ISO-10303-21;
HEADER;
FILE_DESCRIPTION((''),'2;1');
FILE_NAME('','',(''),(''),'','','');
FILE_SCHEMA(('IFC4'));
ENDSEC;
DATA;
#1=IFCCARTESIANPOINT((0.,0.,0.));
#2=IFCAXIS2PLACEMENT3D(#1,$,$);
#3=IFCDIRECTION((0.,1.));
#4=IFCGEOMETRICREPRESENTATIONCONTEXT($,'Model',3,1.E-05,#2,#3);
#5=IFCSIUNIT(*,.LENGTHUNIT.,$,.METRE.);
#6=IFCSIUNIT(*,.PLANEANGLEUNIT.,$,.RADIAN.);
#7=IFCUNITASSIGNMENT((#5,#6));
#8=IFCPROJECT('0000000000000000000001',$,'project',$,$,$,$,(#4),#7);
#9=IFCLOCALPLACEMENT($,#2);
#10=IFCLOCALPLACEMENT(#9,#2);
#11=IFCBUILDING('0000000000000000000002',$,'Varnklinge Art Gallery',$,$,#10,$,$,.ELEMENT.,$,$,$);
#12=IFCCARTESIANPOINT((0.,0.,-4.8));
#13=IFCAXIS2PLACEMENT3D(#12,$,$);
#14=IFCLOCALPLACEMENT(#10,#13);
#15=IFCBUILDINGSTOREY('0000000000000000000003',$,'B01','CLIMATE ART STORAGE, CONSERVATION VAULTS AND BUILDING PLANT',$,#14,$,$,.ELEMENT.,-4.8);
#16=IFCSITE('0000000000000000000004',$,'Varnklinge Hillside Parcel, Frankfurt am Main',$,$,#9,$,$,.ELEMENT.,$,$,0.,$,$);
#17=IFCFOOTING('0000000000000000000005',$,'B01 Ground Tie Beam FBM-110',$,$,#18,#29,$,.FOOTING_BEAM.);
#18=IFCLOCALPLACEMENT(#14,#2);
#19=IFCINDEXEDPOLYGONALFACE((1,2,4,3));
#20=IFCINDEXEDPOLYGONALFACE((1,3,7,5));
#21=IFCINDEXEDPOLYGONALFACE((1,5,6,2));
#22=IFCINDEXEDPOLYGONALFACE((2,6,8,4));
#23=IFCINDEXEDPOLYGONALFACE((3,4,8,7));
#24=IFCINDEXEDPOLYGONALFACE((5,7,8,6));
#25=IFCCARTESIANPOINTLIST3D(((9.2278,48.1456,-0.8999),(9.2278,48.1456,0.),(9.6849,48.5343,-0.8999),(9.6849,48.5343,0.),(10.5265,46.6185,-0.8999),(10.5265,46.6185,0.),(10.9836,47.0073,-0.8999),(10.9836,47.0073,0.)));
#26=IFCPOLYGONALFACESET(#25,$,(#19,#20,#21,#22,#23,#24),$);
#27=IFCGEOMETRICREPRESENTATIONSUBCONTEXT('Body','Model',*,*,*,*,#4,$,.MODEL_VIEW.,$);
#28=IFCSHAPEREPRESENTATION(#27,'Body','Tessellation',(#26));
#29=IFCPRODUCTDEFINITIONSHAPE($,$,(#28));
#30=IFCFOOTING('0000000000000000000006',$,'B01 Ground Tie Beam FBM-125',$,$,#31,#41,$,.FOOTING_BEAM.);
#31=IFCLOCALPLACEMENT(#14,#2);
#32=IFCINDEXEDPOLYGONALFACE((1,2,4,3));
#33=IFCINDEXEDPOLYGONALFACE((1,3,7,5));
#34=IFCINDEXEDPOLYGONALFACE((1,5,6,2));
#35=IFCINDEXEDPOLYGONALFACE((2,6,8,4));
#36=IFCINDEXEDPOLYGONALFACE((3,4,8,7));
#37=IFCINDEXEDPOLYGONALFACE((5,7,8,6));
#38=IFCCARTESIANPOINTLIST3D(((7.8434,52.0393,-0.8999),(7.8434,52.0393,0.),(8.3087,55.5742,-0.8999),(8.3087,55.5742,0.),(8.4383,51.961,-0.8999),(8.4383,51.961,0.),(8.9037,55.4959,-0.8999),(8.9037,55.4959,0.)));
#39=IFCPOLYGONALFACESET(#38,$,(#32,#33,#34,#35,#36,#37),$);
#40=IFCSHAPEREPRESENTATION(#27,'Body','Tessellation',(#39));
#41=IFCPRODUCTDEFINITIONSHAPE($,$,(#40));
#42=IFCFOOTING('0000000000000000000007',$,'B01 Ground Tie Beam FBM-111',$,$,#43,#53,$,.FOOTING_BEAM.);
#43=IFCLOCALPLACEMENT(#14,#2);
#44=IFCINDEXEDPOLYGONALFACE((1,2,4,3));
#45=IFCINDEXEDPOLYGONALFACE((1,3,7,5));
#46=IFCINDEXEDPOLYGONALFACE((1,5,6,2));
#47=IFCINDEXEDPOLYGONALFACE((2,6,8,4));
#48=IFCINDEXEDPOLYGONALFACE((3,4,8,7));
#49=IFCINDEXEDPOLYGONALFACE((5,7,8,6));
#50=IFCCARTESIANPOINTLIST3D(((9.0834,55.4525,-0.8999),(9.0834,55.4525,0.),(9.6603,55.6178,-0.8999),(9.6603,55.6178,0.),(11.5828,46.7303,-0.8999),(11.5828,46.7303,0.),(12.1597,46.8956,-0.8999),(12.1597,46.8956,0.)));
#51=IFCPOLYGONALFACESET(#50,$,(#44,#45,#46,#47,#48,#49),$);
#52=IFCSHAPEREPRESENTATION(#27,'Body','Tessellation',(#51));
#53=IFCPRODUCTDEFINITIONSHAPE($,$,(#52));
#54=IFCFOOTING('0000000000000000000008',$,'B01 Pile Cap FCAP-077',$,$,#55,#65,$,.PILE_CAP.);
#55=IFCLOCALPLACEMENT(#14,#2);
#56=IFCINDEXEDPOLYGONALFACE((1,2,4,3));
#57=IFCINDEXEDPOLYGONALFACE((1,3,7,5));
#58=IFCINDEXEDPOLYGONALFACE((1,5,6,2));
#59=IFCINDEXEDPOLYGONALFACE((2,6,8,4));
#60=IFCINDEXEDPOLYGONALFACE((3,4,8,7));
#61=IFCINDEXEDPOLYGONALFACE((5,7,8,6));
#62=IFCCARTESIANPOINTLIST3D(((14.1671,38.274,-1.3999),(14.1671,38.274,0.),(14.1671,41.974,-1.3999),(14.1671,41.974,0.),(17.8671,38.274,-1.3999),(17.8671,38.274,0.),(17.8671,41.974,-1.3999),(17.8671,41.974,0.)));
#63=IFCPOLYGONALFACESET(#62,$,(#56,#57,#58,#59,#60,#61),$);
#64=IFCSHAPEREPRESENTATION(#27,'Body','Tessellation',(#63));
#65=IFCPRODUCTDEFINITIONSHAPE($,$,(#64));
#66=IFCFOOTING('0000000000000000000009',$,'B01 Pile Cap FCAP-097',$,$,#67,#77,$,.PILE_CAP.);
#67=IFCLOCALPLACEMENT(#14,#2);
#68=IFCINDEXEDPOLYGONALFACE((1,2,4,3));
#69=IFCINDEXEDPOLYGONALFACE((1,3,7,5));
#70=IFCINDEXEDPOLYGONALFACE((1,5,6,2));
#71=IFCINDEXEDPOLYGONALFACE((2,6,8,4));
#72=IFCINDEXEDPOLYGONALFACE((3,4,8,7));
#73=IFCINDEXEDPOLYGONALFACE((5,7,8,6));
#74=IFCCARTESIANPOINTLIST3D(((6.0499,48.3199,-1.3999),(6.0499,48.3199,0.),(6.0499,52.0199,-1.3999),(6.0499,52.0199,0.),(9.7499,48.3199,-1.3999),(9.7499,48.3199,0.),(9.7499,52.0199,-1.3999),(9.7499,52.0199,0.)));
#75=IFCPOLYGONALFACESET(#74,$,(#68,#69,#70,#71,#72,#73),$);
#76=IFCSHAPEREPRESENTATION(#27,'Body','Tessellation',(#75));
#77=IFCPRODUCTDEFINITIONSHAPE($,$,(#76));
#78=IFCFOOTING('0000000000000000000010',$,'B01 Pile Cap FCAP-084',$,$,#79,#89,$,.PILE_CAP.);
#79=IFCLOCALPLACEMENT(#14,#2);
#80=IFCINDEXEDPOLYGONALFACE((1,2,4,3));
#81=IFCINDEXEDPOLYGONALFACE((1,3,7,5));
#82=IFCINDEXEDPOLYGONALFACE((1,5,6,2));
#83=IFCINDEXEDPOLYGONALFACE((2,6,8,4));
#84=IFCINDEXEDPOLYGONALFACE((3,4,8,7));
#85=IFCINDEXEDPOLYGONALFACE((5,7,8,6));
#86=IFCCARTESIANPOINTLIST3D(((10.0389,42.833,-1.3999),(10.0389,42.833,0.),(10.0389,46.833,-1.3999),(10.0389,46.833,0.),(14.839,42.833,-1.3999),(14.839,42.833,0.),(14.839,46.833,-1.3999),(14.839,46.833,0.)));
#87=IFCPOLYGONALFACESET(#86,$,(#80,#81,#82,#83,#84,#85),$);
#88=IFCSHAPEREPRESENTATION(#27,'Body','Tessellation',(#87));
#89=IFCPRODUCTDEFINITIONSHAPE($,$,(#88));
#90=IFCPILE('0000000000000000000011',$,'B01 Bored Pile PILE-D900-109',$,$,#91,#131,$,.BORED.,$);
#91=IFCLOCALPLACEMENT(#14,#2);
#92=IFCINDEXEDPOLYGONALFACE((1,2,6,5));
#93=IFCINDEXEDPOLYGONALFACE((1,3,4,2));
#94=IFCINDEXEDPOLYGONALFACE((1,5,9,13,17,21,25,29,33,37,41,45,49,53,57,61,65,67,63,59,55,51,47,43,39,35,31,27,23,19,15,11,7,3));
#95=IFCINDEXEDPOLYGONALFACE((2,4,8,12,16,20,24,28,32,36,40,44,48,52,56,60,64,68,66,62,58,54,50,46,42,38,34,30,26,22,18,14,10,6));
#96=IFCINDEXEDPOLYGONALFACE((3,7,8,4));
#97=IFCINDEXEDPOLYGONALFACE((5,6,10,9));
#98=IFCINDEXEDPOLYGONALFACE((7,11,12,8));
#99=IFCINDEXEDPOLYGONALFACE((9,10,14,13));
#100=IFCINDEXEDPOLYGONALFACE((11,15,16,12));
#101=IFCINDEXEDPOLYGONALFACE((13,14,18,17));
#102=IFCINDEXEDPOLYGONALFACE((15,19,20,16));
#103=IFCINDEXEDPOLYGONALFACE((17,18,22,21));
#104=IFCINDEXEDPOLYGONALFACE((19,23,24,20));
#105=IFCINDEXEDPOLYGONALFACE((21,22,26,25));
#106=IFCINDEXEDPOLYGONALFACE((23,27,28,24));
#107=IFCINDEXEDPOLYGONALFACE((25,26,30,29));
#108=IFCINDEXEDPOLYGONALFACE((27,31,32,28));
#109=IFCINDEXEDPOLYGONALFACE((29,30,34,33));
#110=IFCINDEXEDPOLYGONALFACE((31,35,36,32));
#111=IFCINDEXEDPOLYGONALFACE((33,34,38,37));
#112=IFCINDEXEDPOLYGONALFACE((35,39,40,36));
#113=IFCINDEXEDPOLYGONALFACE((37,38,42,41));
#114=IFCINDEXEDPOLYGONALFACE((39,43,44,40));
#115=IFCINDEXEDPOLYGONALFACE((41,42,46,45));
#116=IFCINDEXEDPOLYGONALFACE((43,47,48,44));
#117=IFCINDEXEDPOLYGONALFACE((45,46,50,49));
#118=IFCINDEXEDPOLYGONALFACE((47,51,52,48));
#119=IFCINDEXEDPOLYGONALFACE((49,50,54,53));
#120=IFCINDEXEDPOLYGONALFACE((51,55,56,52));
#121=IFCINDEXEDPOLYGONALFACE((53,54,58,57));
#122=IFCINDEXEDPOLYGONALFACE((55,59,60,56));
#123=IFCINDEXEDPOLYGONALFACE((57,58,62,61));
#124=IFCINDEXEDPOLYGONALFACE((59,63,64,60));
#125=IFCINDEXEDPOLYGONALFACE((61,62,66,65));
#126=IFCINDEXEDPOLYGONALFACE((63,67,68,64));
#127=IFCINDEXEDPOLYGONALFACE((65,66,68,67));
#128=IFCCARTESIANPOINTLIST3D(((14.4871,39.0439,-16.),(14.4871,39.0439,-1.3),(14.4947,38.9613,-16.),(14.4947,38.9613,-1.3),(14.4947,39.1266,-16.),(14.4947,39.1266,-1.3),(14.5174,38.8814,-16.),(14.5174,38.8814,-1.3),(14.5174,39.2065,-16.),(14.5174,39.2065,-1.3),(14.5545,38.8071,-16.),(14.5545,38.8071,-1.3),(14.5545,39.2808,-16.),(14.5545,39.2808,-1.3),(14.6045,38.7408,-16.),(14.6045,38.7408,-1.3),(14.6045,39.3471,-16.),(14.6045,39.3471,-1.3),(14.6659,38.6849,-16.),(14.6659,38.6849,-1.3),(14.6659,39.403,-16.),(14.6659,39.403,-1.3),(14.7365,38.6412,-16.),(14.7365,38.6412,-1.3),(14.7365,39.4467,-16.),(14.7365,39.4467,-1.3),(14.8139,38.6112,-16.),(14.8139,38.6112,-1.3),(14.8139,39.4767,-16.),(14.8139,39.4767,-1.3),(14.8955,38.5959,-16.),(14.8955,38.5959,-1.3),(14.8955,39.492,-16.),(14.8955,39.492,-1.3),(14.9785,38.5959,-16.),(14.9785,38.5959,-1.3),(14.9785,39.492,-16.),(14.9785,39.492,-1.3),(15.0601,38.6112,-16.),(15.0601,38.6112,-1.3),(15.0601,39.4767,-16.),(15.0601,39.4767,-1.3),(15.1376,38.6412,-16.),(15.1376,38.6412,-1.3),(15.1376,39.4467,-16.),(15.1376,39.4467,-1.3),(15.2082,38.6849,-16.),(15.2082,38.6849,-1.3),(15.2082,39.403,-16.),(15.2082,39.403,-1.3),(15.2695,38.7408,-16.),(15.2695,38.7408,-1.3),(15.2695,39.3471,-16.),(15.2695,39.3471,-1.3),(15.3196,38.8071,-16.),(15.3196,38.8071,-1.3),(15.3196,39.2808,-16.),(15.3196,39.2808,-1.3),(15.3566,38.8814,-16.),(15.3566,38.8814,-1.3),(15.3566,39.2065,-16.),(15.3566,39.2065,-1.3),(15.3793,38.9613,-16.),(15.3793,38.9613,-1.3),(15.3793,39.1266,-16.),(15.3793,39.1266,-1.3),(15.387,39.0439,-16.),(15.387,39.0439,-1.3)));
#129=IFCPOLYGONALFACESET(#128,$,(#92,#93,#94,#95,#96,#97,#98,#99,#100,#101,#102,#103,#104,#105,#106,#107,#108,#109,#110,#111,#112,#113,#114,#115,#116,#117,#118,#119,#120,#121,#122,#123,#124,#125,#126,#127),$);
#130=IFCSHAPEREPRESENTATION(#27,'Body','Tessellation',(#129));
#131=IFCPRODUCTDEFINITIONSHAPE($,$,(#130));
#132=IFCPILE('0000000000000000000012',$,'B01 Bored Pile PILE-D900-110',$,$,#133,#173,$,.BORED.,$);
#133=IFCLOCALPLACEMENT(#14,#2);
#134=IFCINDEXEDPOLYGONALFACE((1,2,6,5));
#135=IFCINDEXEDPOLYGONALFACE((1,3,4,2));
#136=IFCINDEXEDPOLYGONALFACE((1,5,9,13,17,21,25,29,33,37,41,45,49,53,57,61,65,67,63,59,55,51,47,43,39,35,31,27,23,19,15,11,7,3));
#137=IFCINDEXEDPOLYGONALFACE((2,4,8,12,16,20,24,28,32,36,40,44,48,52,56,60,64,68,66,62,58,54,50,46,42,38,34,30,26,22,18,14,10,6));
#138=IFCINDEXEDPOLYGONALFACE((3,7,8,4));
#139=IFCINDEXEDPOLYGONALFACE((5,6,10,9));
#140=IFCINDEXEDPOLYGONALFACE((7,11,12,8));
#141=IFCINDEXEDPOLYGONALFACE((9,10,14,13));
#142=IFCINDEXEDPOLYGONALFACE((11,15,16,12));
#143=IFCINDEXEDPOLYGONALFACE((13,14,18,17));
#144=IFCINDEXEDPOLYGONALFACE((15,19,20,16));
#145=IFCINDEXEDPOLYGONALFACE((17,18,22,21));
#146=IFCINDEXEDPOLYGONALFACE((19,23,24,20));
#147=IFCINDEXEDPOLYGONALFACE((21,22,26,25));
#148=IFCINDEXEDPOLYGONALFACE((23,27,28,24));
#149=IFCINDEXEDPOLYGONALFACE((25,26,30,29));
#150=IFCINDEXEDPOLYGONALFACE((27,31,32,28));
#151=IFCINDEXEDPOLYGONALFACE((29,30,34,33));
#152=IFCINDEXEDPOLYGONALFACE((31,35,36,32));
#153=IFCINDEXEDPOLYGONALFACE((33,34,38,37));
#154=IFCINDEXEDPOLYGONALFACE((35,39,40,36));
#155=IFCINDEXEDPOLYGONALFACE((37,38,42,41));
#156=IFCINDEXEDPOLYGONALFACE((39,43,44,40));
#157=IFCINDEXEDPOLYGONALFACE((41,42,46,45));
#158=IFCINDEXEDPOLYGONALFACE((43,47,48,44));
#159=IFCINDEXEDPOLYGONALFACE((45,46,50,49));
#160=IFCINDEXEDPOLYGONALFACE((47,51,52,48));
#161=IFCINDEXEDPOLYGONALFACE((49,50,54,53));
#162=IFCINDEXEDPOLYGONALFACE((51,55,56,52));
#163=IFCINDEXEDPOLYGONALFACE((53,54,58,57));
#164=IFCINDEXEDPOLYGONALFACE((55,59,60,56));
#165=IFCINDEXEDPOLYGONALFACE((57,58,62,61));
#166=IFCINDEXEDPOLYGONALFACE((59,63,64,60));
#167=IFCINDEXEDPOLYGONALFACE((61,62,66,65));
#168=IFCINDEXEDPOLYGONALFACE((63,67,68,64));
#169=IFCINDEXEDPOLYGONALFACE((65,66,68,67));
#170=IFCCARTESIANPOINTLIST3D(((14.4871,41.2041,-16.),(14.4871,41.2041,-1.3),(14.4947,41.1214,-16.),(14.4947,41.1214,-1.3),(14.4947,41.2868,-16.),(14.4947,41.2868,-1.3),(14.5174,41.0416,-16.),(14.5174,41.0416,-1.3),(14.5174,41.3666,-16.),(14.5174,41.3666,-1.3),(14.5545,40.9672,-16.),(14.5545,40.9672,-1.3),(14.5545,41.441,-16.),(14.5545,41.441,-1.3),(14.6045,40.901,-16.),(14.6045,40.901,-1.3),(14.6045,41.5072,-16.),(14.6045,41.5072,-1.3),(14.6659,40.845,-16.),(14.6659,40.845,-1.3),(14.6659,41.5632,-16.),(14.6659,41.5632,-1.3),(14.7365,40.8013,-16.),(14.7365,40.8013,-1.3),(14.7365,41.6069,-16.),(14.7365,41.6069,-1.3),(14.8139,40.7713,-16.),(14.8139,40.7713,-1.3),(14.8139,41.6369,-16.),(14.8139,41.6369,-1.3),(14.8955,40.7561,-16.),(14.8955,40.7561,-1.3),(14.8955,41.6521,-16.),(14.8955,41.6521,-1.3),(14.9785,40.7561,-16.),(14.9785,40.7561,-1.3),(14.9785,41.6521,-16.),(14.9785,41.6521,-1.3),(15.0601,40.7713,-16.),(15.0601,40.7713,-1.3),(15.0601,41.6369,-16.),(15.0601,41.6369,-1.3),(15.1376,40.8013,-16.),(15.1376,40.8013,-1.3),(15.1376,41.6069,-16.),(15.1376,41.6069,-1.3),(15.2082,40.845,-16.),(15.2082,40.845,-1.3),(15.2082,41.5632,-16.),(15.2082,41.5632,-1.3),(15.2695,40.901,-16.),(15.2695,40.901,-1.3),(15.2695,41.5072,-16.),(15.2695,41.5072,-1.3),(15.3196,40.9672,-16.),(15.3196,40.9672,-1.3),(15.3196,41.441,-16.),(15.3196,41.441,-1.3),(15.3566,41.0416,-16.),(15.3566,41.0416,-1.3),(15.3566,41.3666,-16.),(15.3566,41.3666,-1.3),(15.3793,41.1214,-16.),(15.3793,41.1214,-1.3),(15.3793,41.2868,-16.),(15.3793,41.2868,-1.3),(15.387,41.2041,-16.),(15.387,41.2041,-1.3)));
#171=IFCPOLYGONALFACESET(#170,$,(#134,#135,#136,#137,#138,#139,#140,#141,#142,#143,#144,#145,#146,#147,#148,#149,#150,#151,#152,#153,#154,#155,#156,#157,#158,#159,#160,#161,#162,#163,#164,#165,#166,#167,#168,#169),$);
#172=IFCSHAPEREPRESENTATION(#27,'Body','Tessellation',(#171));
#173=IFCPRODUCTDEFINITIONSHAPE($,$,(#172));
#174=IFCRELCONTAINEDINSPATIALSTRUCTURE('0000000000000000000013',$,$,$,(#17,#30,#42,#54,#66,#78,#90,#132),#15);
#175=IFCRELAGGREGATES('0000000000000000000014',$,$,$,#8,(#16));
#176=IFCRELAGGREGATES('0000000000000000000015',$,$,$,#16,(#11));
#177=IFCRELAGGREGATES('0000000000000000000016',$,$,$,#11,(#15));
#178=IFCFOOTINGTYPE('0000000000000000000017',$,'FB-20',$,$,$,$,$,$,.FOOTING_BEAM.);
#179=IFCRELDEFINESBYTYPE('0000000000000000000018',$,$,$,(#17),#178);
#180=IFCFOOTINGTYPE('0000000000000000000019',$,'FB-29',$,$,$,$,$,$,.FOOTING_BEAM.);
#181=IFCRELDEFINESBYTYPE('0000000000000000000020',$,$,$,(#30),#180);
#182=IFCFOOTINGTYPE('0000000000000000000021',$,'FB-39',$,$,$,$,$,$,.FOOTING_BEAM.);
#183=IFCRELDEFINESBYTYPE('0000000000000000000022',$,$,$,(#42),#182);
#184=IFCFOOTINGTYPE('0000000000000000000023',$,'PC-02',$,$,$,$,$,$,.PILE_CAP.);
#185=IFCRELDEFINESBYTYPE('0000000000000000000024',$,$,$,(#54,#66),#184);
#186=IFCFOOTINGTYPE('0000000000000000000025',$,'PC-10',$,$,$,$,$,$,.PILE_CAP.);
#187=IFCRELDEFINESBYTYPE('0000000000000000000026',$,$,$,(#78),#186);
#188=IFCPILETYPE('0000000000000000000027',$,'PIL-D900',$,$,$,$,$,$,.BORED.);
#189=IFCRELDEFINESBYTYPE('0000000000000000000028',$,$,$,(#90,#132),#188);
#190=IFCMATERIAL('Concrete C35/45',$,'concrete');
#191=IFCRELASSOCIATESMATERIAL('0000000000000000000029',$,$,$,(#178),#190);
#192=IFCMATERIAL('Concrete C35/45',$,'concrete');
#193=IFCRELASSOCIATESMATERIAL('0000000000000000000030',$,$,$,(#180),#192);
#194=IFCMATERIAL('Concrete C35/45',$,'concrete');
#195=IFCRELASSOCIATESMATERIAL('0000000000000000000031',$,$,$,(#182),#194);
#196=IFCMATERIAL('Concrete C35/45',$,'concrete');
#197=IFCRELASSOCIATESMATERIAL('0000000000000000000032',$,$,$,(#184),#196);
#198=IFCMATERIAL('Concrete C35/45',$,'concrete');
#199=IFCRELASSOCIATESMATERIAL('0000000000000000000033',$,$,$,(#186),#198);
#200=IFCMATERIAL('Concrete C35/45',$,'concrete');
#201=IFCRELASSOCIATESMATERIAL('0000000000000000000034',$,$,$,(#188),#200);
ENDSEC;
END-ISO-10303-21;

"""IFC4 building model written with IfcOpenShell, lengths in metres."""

from ifc_helpers import new_model, si_unit, direction, frame, origin, origin_2d, place, context, subcontext, project, spatial, rectangle, circle, extrude, material, material_profile, profile_set, type_object, element, save


model = new_model("IFC4")

# Units and contexts
model_context = context("Model", 3, precision=1e-05, world=origin(), true_north=direction((0.0, 1.0)))
body_context = subcontext(model_context, "Body", "Model", "MODEL_VIEW")
ifc_project = project(units=[si_unit("LENGTHUNIT", "METRE"), si_unit("PLANEANGLEUNIT", "RADIAN")], contexts=[model_context])

# Site, building, storey
site_placement = place(None, origin())
site = spatial("IfcSite", under=ifc_project, at=site_placement, Name="Varnklinge Hillside Parcel, Frankfurt am Main", CompositionType="ELEMENT", RefElevation=0.0)
building_placement = place(site_placement, origin())
building = spatial("IfcBuilding", under=site, at=building_placement, Name="Varnklinge Art Gallery", CompositionType="ELEMENT")
storey_placement = place(building_placement, frame((0.0, 0.0, -4.8)))
storey = spatial("IfcBuildingStorey", under=building, at=storey_placement, Name="B01", Description="CLIMATE ART STORAGE, CONSERVATION VAULTS AND BUILDING PLANT", CompositionType="ELEMENT", Elevation=-4.8)

# Footings
ifc_material_1 = material(Name="Concrete C35/45", Category="concrete")
footing_type_1 = type_object("IfcFootingType", Name="FB-20", PredefinedType="FOOTING_BEAM", material=ifc_material_1)
footing_1_placement = place(storey_placement, frame((10.1057, 47.5764, -0.8999), z_axis=(0.0, 0.0, 1.0), x_axis=(-0.647854, 0.761764, 0.0)))
element("IfcFooting", 1, at=footing_1_placement, inside=storey, type_object=footing_type_1, Name="B01 Ground Tie Beam FBM-110", PredefinedType="FOOTING_BEAM", context=body_context, shape_type="SweptSolid", body=[
    extrude(rectangle(XDim=2.0046, YDim=0.6001, at=origin_2d()), origin(), (0.0, 0.0, 1.0), 0.8999),
])
ifc_material_2 = material(Name="Concrete C35/45", Category="concrete")
footing_type_2 = type_object("IfcFootingType", Name="FB-29", PredefinedType="FOOTING_BEAM", material=ifc_material_2)
footing_2_placement = place(storey_placement, frame((8.3735, 53.7676, -0.8999), z_axis=(0.0, 0.0, 1.0), x_axis=(0.130526, 0.991445, 0.0)))
element("IfcFooting", 2, at=footing_2_placement, inside=storey, type_object=footing_type_2, Name="B01 Ground Tie Beam FBM-125", PredefinedType="FOOTING_BEAM", context=body_context, shape_type="SweptSolid", body=[
    extrude(rectangle(XDim=3.5654, YDim=0.6001, at=origin_2d()), origin(), (0.0, 0.0, 1.0), 0.8999),
])
ifc_material_3 = material(Name="Concrete C35/45", Category="concrete")
footing_type_3 = type_object("IfcFootingType", Name="FB-39", PredefinedType="FOOTING_BEAM", material=ifc_material_3)
footing_3_placement = place(storey_placement, frame((10.6216, 51.1741, -0.8999), z_axis=(0.0, 0.0, 1.0), x_axis=(-0.27547, 0.96131, 0.0)))
element("IfcFooting", 3, at=footing_3_placement, inside=storey, type_object=footing_type_3, Name="B01 Ground Tie Beam FBM-111", PredefinedType="FOOTING_BEAM", context=body_context, shape_type="SweptSolid", body=[
    extrude(rectangle(XDim=9.0732, YDim=0.6001, at=origin_2d()), origin(), (0.0, 0.0, 1.0), 0.8999),
])
ifc_material_4 = material(Name="Concrete C35/45", Category="concrete")
footing_type_4 = type_object("IfcFootingType", Name="PC-02", PredefinedType="PILE_CAP", material=ifc_material_4)
for number, where, z_axis, x_axis, name in (
    (4, (16.0171, 40.124, -1.3999), (0.0, 0.0, 1.0), (1.0, 0.0, 0.0), "B01 Pile Cap FCAP-077"),
    (5, (7.8999, 50.1699, -1.3999), (0.0, 0.0, 1.0), (1.0, 0.0, 0.0), "B01 Pile Cap FCAP-097"),
):
    element("IfcFooting", number, at=place(storey_placement, frame(where, z_axis=z_axis, x_axis=x_axis)), inside=storey, type_object=footing_type_4, Name=name, PredefinedType="PILE_CAP", context=body_context, shape_type="SweptSolid", body=[
        extrude(rectangle(XDim=3.7, YDim=3.7, at=origin_2d()), origin(), (0.0, 0.0, 1.0), 1.3999),
    ])
ifc_material_5 = material(Name="Concrete C35/45", Category="concrete")
footing_type_5 = type_object("IfcFootingType", Name="PC-10", PredefinedType="PILE_CAP", material=ifc_material_5)
footing_4_placement = place(storey_placement, frame((12.439, 44.833, -1.3999), z_axis=(0.0, 0.0, 1.0), x_axis=(1.0, 0.0, 0.0)))
element("IfcFooting", 6, at=footing_4_placement, inside=storey, type_object=footing_type_5, Name="B01 Pile Cap FCAP-084", PredefinedType="PILE_CAP", context=body_context, shape_type="SweptSolid", body=[
    extrude(rectangle(XDim=4.8, YDim=4.0, at=origin_2d()), origin(), (0.0, 0.0, 1.0), 1.3999),
])

# Piles
ifc_material_6 = material(Name="Concrete C35/45", Category="concrete")
ifc_material_profile_1 = material_profile(ifc_material_6, circle(Radius=0.45, at=origin_2d()), Name="PILE D900")
ifc_profile_set_1 = profile_set([ifc_material_profile_1], Name="Concrete C35/45")
pile_type = type_object("IfcPileType", Name="PIL-D900", PredefinedType="BORED", material=ifc_profile_set_1)
for number, where, z_axis, x_axis, name in (
    (7, (14.937, 39.0439, -1.3), (0.0, 0.0, -1.0), (1.0, 0.0, 0.0), "B01 Bored Pile PILE-D900-109"),
    (8, (14.937, 41.2041, -1.3), (0.0, 0.0, -1.0), (1.0, 0.0, 0.0), "B01 Bored Pile PILE-D900-110"),
):
    element("IfcPile", number, at=place(storey_placement, frame(where, z_axis=z_axis, x_axis=x_axis)), inside=storey, type_object=pile_type, Name=name, PredefinedType="BORED", context=body_context, shape_type="SweptSolid", body=[
        extrude(circle(Radius=0.45, at=origin_2d()), origin(), (0.0, 0.0, 1.0), 14.7),
    ])

save(model, "model.ifc")
